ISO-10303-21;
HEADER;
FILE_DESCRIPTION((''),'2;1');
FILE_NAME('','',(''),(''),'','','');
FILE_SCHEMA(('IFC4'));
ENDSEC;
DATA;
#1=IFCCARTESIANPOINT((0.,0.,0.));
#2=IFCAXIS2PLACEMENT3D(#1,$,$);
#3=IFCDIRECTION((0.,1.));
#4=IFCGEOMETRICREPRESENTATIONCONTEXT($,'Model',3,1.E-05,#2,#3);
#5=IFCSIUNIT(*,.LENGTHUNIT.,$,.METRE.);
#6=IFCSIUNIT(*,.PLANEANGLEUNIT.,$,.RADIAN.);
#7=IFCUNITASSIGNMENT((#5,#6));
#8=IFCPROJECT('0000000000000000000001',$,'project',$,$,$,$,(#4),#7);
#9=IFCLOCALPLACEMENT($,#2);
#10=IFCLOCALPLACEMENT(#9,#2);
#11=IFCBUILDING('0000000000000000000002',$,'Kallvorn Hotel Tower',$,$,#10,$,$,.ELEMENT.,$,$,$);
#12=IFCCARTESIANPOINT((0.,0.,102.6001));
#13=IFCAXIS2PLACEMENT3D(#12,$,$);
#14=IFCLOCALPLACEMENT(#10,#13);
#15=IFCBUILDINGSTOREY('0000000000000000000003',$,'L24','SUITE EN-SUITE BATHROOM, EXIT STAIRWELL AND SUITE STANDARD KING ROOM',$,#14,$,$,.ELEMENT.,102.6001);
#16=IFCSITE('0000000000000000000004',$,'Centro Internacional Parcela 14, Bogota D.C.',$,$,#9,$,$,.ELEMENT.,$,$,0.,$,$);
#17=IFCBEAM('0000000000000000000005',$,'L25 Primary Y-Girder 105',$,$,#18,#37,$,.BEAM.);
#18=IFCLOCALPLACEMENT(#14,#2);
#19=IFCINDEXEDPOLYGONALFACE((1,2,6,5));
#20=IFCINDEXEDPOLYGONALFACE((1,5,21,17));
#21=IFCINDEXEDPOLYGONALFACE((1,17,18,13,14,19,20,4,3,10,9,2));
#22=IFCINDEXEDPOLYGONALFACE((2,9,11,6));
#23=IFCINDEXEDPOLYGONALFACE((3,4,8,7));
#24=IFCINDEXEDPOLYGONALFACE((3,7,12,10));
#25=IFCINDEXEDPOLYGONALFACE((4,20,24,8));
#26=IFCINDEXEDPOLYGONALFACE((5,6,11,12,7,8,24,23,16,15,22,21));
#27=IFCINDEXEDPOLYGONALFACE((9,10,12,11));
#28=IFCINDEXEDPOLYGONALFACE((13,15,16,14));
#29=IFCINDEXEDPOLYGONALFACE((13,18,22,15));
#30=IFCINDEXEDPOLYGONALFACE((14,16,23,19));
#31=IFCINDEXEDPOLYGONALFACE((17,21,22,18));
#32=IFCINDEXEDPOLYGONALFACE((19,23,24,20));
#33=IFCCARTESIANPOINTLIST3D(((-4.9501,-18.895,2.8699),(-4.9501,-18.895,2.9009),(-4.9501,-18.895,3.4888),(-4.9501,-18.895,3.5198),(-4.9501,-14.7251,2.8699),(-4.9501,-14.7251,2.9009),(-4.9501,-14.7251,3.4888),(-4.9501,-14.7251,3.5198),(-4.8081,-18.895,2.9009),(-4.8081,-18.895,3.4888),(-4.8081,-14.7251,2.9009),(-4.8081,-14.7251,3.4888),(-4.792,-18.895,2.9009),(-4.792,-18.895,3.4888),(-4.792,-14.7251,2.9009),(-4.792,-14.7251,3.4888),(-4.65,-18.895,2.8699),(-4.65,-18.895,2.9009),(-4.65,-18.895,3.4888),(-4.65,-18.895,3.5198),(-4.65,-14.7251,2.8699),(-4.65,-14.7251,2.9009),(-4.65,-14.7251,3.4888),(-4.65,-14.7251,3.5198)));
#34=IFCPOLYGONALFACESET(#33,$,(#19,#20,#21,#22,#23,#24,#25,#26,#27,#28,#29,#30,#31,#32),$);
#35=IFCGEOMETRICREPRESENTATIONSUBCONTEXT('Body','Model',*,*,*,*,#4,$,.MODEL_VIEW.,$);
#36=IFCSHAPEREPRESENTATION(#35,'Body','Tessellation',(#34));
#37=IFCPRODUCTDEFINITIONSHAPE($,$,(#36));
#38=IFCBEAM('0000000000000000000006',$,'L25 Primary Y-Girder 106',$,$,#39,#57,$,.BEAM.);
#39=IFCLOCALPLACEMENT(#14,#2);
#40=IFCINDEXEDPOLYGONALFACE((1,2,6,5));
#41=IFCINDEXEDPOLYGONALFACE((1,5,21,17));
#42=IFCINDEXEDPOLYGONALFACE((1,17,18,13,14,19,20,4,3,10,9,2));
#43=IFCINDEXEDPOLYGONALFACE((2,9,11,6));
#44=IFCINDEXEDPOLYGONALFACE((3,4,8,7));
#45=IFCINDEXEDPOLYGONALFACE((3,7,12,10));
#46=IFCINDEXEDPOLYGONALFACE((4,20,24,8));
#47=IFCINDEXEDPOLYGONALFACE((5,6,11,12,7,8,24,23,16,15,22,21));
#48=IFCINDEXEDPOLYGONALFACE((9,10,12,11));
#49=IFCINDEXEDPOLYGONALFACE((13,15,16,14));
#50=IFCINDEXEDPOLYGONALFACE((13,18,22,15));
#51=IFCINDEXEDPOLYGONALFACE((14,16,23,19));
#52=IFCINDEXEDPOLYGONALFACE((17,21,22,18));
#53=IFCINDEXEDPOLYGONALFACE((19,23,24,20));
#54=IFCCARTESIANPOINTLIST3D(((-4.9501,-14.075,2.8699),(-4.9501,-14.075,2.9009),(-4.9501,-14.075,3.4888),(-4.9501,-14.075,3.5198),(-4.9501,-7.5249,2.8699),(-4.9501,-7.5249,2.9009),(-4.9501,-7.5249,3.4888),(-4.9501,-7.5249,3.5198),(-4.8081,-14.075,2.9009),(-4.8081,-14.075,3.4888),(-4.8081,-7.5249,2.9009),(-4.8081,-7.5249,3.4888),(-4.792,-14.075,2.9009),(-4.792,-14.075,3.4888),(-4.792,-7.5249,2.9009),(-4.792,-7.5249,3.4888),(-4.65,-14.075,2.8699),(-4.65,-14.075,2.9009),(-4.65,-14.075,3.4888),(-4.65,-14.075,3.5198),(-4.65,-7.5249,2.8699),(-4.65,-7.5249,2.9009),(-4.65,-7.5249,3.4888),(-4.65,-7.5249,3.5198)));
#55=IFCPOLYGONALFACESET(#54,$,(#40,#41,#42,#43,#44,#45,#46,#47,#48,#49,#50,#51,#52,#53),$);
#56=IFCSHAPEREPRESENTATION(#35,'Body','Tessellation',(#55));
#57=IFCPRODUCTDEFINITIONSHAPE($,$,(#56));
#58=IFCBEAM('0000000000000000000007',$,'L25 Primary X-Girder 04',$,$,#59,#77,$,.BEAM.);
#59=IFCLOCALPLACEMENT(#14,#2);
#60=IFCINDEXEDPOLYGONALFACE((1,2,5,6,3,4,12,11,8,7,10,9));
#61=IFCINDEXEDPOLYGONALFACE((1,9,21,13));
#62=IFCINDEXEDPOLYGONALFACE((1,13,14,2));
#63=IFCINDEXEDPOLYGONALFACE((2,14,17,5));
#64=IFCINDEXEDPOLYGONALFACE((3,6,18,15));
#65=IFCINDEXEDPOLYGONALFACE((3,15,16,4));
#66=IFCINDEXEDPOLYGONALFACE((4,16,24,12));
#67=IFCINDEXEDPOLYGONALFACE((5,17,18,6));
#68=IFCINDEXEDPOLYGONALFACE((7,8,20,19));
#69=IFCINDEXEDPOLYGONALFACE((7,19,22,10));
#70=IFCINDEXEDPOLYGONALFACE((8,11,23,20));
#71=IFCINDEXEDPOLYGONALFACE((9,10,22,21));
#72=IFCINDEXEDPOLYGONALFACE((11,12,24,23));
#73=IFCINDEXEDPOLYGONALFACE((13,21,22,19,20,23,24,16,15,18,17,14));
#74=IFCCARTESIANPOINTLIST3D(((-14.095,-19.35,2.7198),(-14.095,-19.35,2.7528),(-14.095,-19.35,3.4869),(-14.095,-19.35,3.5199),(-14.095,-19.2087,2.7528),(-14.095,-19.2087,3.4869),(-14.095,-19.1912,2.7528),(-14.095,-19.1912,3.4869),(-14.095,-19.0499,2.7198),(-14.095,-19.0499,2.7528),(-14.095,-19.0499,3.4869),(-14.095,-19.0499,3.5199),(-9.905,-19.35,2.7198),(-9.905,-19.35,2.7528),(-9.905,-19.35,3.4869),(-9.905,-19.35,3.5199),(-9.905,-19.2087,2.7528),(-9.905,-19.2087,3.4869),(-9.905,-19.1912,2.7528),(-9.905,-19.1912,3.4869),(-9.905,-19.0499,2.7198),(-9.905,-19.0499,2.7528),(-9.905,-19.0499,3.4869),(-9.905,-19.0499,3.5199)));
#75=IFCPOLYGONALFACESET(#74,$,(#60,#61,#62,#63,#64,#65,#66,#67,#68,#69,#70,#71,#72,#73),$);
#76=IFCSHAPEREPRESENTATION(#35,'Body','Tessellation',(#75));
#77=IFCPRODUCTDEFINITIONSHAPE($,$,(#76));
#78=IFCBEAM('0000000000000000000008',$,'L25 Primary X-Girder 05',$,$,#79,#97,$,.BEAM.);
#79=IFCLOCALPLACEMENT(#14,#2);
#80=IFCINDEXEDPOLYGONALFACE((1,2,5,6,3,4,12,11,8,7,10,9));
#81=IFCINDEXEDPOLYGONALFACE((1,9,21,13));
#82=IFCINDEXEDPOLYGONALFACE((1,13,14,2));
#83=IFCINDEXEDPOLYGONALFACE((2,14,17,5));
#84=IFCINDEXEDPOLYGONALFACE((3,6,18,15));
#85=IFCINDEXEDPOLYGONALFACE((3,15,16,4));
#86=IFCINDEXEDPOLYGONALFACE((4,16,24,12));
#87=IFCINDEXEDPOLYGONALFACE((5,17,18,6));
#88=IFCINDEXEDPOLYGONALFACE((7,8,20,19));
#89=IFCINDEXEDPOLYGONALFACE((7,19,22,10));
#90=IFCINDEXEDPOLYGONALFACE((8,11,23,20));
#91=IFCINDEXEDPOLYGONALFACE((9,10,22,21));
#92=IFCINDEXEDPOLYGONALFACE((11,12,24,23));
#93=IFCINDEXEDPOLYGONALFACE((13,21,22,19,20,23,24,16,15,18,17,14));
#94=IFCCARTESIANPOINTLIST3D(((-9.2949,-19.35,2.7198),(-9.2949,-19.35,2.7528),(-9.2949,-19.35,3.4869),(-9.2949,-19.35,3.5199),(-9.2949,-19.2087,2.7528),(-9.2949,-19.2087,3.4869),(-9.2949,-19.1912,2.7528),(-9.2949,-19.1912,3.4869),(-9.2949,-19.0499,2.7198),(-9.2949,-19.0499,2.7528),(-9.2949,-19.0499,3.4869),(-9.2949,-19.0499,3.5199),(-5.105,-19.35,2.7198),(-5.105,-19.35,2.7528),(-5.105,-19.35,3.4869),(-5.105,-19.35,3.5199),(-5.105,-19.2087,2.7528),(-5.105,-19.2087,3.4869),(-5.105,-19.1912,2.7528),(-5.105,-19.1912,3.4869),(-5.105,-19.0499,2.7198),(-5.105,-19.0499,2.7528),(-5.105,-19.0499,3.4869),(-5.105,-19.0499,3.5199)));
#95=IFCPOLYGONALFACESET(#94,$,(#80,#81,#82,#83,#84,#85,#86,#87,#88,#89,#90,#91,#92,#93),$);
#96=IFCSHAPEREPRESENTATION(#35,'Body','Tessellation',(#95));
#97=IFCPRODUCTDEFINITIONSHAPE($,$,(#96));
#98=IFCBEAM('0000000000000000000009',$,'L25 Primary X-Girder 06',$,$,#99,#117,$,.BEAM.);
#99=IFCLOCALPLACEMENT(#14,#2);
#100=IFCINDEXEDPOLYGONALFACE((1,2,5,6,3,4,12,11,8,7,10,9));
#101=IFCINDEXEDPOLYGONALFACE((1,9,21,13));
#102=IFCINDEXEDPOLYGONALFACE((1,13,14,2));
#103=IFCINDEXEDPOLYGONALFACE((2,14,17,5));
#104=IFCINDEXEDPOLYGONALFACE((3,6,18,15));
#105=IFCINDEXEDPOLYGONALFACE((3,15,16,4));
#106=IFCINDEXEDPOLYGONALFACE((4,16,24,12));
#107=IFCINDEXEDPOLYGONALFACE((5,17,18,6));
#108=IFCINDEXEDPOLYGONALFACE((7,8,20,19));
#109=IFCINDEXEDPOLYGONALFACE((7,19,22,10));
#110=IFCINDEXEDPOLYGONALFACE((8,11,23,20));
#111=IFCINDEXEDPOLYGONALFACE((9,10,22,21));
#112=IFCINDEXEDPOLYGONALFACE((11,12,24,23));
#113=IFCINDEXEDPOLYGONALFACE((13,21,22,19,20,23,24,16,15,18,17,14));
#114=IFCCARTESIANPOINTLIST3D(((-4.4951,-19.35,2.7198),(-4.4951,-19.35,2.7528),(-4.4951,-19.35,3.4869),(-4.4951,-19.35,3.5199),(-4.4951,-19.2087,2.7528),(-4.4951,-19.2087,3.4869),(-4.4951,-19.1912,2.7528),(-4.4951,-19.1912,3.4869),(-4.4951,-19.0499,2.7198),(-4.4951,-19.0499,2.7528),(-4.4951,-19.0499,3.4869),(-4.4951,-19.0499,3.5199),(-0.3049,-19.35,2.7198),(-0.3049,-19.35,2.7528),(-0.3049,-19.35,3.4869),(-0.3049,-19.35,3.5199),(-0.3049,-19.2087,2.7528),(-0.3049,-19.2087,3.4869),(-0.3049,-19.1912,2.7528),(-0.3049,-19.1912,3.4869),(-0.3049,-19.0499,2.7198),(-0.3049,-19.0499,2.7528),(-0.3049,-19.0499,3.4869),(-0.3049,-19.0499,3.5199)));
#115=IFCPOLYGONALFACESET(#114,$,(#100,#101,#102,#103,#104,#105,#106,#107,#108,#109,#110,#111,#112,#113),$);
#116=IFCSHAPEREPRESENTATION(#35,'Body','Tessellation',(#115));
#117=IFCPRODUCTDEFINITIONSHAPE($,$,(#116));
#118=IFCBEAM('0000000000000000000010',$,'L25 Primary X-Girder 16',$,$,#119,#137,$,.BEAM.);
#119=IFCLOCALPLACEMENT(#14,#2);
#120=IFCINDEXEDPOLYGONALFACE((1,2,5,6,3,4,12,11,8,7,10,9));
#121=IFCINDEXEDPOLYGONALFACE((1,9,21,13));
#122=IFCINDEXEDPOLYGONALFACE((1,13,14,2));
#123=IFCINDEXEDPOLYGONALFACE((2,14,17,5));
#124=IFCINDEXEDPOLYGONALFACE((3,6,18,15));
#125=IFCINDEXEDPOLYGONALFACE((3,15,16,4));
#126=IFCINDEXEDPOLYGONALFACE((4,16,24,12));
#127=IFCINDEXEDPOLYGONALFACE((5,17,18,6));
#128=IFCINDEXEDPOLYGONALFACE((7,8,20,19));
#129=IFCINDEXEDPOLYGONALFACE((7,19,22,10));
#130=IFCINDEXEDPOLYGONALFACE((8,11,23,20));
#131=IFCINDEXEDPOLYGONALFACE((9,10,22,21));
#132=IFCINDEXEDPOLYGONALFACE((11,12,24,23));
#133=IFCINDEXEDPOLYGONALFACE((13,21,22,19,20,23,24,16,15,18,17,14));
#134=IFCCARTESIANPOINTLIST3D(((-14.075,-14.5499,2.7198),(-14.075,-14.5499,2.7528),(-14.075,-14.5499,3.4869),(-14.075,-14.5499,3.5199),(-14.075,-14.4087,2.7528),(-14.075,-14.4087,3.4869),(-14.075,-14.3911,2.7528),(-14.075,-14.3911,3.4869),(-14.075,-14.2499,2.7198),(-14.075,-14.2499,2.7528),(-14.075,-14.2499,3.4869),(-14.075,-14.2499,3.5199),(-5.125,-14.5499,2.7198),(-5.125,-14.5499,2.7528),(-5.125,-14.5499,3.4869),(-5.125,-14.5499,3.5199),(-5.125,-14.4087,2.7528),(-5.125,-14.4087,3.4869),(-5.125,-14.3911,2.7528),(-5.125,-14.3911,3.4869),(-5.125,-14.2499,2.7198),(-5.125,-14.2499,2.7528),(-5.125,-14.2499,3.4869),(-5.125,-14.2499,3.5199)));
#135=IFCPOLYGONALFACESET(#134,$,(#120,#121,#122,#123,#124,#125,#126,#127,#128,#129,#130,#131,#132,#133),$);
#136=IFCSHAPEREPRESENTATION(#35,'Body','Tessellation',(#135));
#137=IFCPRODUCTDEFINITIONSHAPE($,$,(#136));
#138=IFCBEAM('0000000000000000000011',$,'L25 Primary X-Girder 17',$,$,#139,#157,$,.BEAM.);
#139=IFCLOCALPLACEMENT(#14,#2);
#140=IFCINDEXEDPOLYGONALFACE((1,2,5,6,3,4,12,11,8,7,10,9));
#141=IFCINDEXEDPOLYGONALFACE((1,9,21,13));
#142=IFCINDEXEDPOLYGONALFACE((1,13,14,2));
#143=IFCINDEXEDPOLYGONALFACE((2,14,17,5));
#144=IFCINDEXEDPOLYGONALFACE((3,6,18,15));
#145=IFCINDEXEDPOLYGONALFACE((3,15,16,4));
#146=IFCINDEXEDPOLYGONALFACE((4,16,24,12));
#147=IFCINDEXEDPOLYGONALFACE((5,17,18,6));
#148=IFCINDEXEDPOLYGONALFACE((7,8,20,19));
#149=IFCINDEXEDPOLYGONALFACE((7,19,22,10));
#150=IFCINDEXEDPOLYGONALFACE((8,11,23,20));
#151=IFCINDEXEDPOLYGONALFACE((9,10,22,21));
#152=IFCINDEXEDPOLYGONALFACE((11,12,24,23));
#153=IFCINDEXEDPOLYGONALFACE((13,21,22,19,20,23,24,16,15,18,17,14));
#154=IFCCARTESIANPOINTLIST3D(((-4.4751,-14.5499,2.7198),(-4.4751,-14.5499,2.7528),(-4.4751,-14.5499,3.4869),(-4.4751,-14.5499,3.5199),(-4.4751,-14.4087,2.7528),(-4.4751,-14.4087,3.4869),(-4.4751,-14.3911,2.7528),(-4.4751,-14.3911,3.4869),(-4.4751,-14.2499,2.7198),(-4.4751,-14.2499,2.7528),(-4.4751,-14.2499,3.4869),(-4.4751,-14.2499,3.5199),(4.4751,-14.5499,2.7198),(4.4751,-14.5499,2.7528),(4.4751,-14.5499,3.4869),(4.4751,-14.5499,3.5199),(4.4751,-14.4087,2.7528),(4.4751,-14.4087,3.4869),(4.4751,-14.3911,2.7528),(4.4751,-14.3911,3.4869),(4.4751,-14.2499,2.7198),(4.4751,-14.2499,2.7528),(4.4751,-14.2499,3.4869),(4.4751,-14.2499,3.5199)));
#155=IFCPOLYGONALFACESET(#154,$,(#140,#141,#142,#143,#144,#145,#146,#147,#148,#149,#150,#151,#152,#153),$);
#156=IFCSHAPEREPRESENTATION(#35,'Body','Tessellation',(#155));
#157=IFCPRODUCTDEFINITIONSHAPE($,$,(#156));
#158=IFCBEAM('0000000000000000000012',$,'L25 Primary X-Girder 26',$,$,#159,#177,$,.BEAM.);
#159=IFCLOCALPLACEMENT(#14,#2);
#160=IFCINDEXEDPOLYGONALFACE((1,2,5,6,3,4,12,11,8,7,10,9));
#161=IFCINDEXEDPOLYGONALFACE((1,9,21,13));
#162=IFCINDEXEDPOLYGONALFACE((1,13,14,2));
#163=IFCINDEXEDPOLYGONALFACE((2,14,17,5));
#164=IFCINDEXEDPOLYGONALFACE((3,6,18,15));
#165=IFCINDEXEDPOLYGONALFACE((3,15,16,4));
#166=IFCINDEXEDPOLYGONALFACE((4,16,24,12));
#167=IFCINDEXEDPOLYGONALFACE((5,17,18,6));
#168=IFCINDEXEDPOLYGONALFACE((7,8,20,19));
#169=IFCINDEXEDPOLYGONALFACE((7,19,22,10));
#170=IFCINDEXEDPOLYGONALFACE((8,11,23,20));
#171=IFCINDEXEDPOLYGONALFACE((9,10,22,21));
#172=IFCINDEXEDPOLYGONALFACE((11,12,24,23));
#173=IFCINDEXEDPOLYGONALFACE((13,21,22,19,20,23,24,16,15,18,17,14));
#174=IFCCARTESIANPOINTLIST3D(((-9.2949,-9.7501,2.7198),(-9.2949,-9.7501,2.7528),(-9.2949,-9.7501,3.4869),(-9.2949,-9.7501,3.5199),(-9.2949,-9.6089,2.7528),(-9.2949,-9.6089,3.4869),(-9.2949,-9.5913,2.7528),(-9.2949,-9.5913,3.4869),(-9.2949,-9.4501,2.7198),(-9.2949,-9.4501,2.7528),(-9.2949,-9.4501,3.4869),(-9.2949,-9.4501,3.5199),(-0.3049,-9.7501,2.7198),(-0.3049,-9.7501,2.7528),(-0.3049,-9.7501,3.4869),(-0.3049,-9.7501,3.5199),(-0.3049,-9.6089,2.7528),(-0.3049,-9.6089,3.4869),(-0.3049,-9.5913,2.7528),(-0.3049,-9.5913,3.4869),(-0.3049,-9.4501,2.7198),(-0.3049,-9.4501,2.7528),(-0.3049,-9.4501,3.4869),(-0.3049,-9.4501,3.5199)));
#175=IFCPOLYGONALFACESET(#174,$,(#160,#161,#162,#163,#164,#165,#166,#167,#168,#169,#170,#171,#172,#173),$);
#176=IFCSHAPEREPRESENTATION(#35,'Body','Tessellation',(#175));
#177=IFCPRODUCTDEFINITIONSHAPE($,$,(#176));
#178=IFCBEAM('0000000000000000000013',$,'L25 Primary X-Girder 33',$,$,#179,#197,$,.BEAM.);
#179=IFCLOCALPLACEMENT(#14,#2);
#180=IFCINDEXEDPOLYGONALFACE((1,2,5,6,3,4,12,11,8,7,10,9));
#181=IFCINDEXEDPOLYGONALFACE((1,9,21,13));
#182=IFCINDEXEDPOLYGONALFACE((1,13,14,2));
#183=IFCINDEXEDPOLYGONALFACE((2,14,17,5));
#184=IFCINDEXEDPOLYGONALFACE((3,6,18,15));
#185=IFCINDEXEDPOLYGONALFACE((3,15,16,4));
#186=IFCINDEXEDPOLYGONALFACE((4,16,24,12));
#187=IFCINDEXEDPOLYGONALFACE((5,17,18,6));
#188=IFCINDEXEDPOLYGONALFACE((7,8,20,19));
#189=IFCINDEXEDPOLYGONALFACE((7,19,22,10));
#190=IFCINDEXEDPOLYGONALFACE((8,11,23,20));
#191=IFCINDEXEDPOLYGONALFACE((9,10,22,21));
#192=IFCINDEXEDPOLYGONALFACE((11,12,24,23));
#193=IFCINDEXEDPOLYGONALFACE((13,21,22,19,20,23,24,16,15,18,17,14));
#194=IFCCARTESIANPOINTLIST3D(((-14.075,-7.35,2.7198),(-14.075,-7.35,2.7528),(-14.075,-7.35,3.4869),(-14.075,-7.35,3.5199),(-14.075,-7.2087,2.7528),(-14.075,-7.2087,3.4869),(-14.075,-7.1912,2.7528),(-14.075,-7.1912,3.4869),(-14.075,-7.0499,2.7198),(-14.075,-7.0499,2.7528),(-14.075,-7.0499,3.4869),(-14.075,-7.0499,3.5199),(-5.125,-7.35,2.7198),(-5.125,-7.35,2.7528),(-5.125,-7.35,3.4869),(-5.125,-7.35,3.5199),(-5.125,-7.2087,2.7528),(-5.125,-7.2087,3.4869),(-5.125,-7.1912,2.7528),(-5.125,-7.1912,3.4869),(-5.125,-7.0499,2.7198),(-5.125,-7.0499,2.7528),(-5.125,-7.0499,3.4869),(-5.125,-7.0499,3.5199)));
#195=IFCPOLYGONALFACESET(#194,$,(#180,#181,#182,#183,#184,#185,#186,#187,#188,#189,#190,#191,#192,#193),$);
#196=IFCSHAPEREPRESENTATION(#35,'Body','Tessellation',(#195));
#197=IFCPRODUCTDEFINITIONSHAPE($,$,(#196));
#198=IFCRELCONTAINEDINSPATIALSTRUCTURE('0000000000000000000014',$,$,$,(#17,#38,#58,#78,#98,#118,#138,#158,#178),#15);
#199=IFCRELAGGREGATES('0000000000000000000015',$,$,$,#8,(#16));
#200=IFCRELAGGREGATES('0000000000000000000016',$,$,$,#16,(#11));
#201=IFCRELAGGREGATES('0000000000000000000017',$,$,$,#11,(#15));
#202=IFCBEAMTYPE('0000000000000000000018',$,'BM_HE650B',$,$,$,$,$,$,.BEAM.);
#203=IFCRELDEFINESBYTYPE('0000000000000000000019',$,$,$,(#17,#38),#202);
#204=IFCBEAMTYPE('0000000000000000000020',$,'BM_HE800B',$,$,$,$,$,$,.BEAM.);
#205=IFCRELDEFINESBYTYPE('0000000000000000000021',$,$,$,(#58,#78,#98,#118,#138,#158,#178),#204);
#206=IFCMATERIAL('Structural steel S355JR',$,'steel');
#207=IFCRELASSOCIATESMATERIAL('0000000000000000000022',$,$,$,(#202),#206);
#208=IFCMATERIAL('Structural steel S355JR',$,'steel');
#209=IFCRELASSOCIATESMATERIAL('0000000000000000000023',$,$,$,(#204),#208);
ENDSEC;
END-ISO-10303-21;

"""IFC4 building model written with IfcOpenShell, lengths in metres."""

from ifc_helpers import new_model, si_unit, direction, frame, origin, origin_2d, place, context, subcontext, project, spatial, i_section, extrude, material, material_profile, profile_set, type_object, element, save


model = new_model("IFC4")

# Units and contexts
model_context = context("Model", 3, precision=1e-05, world=origin(), true_north=direction((0.0, 1.0)))
body_context = subcontext(model_context, "Body", "Model", "MODEL_VIEW")
ifc_project = project(units=[si_unit("LENGTHUNIT", "METRE"), si_unit("PLANEANGLEUNIT", "RADIAN")], contexts=[model_context])

# Site, building, storey
site_placement = place(None, origin())
site = spatial("IfcSite", under=ifc_project, at=site_placement, Name="Centro Internacional Parcela 14, Bogota D.C.", CompositionType="ELEMENT", RefElevation=0.0)
building_placement = place(site_placement, origin())
building = spatial("IfcBuilding", under=site, at=building_placement, Name="Kallvorn Hotel Tower", CompositionType="ELEMENT")
storey_placement = place(building_placement, frame((0.0, 0.0, 102.6001)))
storey = spatial("IfcBuildingStorey", under=building, at=storey_placement, Name="L24", Description="SUITE EN-SUITE BATHROOM, EXIT STAIRWELL AND SUITE STANDARD KING ROOM", CompositionType="ELEMENT", Elevation=102.6001)

# Beams
ifc_material_1 = material(Name="Structural steel S355JR", Category="steel")
ifc_material_profile_1 = material_profile(ifc_material_1, i_section(OverallWidth=0.3, OverallDepth=0.6499, WebThickness=0.0161, FlangeThickness=0.031, at=origin_2d()), Name="HE 650 B")
ifc_profile_set_1 = profile_set([ifc_material_profile_1], Name="Structural steel S355JR")
beam_type_1 = type_object("IfcBeamType", Name="BM_HE650B", PredefinedType="BEAM", material=ifc_profile_set_1)
beam_1_placement = place(storey_placement, frame((-4.8, -18.895, 3.1948), z_axis=(0.0, 1.0, 0.0), x_axis=(-1.0, 0.0, 0.0)))
element("IfcBeam", 1, at=beam_1_placement, inside=storey, type_object=beam_type_1, Name="L25 Primary Y-Girder 105", PredefinedType="BEAM", context=body_context, shape_type="SweptSolid", body=[
    extrude(i_section(OverallWidth=0.3, OverallDepth=0.6499, WebThickness=0.0161, FlangeThickness=0.031, at=origin_2d()), origin(), (0.0, 0.0, 1.0), 4.1699),
])
beam_2_placement = place(storey_placement, frame((-4.8, -14.075, 3.1948), z_axis=(0.0, 1.0, 0.0), x_axis=(-1.0, 0.0, 0.0)))
element("IfcBeam", 2, at=beam_2_placement, inside=storey, type_object=beam_type_1, Name="L25 Primary Y-Girder 106", PredefinedType="BEAM", context=body_context, shape_type="SweptSolid", body=[
    extrude(i_section(OverallWidth=0.3, OverallDepth=0.6499, WebThickness=0.0161, FlangeThickness=0.031, at=origin_2d()), origin(), (0.0, 0.0, 1.0), 6.55),
])
ifc_material_2 = material(Name="Structural steel S355JR", Category="steel")
ifc_material_profile_2 = material_profile(ifc_material_2, i_section(OverallWidth=0.3, OverallDepth=0.8, WebThickness=0.0176, FlangeThickness=0.033, at=origin_2d()), Name="HE 800 B")
ifc_profile_set_2 = profile_set([ifc_material_profile_2], Name="Structural steel S355JR")
beam_type_2 = type_object("IfcBeamType", Name="BM_HE800B", PredefinedType="BEAM", material=ifc_profile_set_2)
for number, where, z_axis, x_axis, name in (
    (3, (-14.095, -19.2, 3.1199), (1.0, 0.0, 0.0), (0.0, 1.0, 0.0), "L25 Primary X-Girder 04"),
    (4, (-9.2949, -19.2, 3.1199), (1.0, 0.0, 0.0), (0.0, 1.0, 0.0), "L25 Primary X-Girder 05"),
):
    element("IfcBeam", number, at=place(storey_placement, frame(where, z_axis=z_axis, x_axis=x_axis)), inside=storey, type_object=beam_type_2, Name=name, PredefinedType="BEAM", context=body_context, shape_type="SweptSolid", body=[
        extrude(i_section(OverallWidth=0.3, OverallDepth=0.8, WebThickness=0.0176, FlangeThickness=0.033, at=origin_2d()), origin(), (0.0, 0.0, 1.0), 4.1899),
    ])
beam_3_placement = place(storey_placement, frame((-4.4951, -19.2, 3.1199), z_axis=(1.0, 0.0, 0.0), x_axis=(0.0, 1.0, 0.0)))
element("IfcBeam", 5, at=beam_3_placement, inside=storey, type_object=beam_type_2, Name="L25 Primary X-Girder 06", PredefinedType="BEAM", context=body_context, shape_type="SweptSolid", body=[
    extrude(i_section(OverallWidth=0.3, OverallDepth=0.8, WebThickness=0.0176, FlangeThickness=0.033, at=origin_2d()), origin(), (0.0, 0.0, 1.0), 4.1902),
])
beam_4_placement = place(storey_placement, frame((-14.075, -14.3999, 3.1199), z_axis=(1.0, 0.0, 0.0), x_axis=(0.0, 1.0, 0.0)))
element("IfcBeam", 6, at=beam_4_placement, inside=storey, type_object=beam_type_2, Name="L25 Primary X-Girder 16", PredefinedType="BEAM", context=body_context, shape_type="SweptSolid", body=[
    extrude(i_section(OverallWidth=0.3, OverallDepth=0.8, WebThickness=0.0176, FlangeThickness=0.033, at=origin_2d()), origin(), (0.0, 0.0, 1.0), 8.95),
])
beam_5_placement = place(storey_placement, frame((-4.4751, -14.3999, 3.1199), z_axis=(1.0, 0.0, 0.0), x_axis=(0.0, 1.0, 0.0)))
element("IfcBeam", 7, at=beam_5_placement, inside=storey, type_object=beam_type_2, Name="L25 Primary X-Girder 17", PredefinedType="BEAM", context=body_context, shape_type="SweptSolid", body=[
    extrude(i_section(OverallWidth=0.3, OverallDepth=0.8, WebThickness=0.0176, FlangeThickness=0.033, at=origin_2d()), origin(), (0.0, 0.0, 1.0), 8.9502),
])
beam_6_placement = place(storey_placement, frame((-9.2949, -9.6001, 3.1199), z_axis=(1.0, 0.0, 0.0), x_axis=(0.0, 1.0, 0.0)))
element("IfcBeam", 8, at=beam_6_placement, inside=storey, type_object=beam_type_2, Name="L25 Primary X-Girder 26", PredefinedType="BEAM", context=body_context, shape_type="SweptSolid", body=[
    extrude(i_section(OverallWidth=0.3, OverallDepth=0.8, WebThickness=0.0176, FlangeThickness=0.033, at=origin_2d()), origin(), (0.0, 0.0, 1.0), 8.99),
])
beam_7_placement = place(storey_placement, frame((-14.075, -7.2, 3.1199), z_axis=(1.0, 0.0, 0.0), x_axis=(0.0, 1.0, 0.0)))
element("IfcBeam", 9, at=beam_7_placement, inside=storey, type_object=beam_type_2, Name="L25 Primary X-Girder 33", PredefinedType="BEAM", context=body_context, shape_type="SweptSolid", body=[
    extrude(i_section(OverallWidth=0.3, OverallDepth=0.8, WebThickness=0.0176, FlangeThickness=0.033, at=origin_2d()), origin(), (0.0, 0.0, 1.0), 8.95),
])

save(model, "model.ifc")
